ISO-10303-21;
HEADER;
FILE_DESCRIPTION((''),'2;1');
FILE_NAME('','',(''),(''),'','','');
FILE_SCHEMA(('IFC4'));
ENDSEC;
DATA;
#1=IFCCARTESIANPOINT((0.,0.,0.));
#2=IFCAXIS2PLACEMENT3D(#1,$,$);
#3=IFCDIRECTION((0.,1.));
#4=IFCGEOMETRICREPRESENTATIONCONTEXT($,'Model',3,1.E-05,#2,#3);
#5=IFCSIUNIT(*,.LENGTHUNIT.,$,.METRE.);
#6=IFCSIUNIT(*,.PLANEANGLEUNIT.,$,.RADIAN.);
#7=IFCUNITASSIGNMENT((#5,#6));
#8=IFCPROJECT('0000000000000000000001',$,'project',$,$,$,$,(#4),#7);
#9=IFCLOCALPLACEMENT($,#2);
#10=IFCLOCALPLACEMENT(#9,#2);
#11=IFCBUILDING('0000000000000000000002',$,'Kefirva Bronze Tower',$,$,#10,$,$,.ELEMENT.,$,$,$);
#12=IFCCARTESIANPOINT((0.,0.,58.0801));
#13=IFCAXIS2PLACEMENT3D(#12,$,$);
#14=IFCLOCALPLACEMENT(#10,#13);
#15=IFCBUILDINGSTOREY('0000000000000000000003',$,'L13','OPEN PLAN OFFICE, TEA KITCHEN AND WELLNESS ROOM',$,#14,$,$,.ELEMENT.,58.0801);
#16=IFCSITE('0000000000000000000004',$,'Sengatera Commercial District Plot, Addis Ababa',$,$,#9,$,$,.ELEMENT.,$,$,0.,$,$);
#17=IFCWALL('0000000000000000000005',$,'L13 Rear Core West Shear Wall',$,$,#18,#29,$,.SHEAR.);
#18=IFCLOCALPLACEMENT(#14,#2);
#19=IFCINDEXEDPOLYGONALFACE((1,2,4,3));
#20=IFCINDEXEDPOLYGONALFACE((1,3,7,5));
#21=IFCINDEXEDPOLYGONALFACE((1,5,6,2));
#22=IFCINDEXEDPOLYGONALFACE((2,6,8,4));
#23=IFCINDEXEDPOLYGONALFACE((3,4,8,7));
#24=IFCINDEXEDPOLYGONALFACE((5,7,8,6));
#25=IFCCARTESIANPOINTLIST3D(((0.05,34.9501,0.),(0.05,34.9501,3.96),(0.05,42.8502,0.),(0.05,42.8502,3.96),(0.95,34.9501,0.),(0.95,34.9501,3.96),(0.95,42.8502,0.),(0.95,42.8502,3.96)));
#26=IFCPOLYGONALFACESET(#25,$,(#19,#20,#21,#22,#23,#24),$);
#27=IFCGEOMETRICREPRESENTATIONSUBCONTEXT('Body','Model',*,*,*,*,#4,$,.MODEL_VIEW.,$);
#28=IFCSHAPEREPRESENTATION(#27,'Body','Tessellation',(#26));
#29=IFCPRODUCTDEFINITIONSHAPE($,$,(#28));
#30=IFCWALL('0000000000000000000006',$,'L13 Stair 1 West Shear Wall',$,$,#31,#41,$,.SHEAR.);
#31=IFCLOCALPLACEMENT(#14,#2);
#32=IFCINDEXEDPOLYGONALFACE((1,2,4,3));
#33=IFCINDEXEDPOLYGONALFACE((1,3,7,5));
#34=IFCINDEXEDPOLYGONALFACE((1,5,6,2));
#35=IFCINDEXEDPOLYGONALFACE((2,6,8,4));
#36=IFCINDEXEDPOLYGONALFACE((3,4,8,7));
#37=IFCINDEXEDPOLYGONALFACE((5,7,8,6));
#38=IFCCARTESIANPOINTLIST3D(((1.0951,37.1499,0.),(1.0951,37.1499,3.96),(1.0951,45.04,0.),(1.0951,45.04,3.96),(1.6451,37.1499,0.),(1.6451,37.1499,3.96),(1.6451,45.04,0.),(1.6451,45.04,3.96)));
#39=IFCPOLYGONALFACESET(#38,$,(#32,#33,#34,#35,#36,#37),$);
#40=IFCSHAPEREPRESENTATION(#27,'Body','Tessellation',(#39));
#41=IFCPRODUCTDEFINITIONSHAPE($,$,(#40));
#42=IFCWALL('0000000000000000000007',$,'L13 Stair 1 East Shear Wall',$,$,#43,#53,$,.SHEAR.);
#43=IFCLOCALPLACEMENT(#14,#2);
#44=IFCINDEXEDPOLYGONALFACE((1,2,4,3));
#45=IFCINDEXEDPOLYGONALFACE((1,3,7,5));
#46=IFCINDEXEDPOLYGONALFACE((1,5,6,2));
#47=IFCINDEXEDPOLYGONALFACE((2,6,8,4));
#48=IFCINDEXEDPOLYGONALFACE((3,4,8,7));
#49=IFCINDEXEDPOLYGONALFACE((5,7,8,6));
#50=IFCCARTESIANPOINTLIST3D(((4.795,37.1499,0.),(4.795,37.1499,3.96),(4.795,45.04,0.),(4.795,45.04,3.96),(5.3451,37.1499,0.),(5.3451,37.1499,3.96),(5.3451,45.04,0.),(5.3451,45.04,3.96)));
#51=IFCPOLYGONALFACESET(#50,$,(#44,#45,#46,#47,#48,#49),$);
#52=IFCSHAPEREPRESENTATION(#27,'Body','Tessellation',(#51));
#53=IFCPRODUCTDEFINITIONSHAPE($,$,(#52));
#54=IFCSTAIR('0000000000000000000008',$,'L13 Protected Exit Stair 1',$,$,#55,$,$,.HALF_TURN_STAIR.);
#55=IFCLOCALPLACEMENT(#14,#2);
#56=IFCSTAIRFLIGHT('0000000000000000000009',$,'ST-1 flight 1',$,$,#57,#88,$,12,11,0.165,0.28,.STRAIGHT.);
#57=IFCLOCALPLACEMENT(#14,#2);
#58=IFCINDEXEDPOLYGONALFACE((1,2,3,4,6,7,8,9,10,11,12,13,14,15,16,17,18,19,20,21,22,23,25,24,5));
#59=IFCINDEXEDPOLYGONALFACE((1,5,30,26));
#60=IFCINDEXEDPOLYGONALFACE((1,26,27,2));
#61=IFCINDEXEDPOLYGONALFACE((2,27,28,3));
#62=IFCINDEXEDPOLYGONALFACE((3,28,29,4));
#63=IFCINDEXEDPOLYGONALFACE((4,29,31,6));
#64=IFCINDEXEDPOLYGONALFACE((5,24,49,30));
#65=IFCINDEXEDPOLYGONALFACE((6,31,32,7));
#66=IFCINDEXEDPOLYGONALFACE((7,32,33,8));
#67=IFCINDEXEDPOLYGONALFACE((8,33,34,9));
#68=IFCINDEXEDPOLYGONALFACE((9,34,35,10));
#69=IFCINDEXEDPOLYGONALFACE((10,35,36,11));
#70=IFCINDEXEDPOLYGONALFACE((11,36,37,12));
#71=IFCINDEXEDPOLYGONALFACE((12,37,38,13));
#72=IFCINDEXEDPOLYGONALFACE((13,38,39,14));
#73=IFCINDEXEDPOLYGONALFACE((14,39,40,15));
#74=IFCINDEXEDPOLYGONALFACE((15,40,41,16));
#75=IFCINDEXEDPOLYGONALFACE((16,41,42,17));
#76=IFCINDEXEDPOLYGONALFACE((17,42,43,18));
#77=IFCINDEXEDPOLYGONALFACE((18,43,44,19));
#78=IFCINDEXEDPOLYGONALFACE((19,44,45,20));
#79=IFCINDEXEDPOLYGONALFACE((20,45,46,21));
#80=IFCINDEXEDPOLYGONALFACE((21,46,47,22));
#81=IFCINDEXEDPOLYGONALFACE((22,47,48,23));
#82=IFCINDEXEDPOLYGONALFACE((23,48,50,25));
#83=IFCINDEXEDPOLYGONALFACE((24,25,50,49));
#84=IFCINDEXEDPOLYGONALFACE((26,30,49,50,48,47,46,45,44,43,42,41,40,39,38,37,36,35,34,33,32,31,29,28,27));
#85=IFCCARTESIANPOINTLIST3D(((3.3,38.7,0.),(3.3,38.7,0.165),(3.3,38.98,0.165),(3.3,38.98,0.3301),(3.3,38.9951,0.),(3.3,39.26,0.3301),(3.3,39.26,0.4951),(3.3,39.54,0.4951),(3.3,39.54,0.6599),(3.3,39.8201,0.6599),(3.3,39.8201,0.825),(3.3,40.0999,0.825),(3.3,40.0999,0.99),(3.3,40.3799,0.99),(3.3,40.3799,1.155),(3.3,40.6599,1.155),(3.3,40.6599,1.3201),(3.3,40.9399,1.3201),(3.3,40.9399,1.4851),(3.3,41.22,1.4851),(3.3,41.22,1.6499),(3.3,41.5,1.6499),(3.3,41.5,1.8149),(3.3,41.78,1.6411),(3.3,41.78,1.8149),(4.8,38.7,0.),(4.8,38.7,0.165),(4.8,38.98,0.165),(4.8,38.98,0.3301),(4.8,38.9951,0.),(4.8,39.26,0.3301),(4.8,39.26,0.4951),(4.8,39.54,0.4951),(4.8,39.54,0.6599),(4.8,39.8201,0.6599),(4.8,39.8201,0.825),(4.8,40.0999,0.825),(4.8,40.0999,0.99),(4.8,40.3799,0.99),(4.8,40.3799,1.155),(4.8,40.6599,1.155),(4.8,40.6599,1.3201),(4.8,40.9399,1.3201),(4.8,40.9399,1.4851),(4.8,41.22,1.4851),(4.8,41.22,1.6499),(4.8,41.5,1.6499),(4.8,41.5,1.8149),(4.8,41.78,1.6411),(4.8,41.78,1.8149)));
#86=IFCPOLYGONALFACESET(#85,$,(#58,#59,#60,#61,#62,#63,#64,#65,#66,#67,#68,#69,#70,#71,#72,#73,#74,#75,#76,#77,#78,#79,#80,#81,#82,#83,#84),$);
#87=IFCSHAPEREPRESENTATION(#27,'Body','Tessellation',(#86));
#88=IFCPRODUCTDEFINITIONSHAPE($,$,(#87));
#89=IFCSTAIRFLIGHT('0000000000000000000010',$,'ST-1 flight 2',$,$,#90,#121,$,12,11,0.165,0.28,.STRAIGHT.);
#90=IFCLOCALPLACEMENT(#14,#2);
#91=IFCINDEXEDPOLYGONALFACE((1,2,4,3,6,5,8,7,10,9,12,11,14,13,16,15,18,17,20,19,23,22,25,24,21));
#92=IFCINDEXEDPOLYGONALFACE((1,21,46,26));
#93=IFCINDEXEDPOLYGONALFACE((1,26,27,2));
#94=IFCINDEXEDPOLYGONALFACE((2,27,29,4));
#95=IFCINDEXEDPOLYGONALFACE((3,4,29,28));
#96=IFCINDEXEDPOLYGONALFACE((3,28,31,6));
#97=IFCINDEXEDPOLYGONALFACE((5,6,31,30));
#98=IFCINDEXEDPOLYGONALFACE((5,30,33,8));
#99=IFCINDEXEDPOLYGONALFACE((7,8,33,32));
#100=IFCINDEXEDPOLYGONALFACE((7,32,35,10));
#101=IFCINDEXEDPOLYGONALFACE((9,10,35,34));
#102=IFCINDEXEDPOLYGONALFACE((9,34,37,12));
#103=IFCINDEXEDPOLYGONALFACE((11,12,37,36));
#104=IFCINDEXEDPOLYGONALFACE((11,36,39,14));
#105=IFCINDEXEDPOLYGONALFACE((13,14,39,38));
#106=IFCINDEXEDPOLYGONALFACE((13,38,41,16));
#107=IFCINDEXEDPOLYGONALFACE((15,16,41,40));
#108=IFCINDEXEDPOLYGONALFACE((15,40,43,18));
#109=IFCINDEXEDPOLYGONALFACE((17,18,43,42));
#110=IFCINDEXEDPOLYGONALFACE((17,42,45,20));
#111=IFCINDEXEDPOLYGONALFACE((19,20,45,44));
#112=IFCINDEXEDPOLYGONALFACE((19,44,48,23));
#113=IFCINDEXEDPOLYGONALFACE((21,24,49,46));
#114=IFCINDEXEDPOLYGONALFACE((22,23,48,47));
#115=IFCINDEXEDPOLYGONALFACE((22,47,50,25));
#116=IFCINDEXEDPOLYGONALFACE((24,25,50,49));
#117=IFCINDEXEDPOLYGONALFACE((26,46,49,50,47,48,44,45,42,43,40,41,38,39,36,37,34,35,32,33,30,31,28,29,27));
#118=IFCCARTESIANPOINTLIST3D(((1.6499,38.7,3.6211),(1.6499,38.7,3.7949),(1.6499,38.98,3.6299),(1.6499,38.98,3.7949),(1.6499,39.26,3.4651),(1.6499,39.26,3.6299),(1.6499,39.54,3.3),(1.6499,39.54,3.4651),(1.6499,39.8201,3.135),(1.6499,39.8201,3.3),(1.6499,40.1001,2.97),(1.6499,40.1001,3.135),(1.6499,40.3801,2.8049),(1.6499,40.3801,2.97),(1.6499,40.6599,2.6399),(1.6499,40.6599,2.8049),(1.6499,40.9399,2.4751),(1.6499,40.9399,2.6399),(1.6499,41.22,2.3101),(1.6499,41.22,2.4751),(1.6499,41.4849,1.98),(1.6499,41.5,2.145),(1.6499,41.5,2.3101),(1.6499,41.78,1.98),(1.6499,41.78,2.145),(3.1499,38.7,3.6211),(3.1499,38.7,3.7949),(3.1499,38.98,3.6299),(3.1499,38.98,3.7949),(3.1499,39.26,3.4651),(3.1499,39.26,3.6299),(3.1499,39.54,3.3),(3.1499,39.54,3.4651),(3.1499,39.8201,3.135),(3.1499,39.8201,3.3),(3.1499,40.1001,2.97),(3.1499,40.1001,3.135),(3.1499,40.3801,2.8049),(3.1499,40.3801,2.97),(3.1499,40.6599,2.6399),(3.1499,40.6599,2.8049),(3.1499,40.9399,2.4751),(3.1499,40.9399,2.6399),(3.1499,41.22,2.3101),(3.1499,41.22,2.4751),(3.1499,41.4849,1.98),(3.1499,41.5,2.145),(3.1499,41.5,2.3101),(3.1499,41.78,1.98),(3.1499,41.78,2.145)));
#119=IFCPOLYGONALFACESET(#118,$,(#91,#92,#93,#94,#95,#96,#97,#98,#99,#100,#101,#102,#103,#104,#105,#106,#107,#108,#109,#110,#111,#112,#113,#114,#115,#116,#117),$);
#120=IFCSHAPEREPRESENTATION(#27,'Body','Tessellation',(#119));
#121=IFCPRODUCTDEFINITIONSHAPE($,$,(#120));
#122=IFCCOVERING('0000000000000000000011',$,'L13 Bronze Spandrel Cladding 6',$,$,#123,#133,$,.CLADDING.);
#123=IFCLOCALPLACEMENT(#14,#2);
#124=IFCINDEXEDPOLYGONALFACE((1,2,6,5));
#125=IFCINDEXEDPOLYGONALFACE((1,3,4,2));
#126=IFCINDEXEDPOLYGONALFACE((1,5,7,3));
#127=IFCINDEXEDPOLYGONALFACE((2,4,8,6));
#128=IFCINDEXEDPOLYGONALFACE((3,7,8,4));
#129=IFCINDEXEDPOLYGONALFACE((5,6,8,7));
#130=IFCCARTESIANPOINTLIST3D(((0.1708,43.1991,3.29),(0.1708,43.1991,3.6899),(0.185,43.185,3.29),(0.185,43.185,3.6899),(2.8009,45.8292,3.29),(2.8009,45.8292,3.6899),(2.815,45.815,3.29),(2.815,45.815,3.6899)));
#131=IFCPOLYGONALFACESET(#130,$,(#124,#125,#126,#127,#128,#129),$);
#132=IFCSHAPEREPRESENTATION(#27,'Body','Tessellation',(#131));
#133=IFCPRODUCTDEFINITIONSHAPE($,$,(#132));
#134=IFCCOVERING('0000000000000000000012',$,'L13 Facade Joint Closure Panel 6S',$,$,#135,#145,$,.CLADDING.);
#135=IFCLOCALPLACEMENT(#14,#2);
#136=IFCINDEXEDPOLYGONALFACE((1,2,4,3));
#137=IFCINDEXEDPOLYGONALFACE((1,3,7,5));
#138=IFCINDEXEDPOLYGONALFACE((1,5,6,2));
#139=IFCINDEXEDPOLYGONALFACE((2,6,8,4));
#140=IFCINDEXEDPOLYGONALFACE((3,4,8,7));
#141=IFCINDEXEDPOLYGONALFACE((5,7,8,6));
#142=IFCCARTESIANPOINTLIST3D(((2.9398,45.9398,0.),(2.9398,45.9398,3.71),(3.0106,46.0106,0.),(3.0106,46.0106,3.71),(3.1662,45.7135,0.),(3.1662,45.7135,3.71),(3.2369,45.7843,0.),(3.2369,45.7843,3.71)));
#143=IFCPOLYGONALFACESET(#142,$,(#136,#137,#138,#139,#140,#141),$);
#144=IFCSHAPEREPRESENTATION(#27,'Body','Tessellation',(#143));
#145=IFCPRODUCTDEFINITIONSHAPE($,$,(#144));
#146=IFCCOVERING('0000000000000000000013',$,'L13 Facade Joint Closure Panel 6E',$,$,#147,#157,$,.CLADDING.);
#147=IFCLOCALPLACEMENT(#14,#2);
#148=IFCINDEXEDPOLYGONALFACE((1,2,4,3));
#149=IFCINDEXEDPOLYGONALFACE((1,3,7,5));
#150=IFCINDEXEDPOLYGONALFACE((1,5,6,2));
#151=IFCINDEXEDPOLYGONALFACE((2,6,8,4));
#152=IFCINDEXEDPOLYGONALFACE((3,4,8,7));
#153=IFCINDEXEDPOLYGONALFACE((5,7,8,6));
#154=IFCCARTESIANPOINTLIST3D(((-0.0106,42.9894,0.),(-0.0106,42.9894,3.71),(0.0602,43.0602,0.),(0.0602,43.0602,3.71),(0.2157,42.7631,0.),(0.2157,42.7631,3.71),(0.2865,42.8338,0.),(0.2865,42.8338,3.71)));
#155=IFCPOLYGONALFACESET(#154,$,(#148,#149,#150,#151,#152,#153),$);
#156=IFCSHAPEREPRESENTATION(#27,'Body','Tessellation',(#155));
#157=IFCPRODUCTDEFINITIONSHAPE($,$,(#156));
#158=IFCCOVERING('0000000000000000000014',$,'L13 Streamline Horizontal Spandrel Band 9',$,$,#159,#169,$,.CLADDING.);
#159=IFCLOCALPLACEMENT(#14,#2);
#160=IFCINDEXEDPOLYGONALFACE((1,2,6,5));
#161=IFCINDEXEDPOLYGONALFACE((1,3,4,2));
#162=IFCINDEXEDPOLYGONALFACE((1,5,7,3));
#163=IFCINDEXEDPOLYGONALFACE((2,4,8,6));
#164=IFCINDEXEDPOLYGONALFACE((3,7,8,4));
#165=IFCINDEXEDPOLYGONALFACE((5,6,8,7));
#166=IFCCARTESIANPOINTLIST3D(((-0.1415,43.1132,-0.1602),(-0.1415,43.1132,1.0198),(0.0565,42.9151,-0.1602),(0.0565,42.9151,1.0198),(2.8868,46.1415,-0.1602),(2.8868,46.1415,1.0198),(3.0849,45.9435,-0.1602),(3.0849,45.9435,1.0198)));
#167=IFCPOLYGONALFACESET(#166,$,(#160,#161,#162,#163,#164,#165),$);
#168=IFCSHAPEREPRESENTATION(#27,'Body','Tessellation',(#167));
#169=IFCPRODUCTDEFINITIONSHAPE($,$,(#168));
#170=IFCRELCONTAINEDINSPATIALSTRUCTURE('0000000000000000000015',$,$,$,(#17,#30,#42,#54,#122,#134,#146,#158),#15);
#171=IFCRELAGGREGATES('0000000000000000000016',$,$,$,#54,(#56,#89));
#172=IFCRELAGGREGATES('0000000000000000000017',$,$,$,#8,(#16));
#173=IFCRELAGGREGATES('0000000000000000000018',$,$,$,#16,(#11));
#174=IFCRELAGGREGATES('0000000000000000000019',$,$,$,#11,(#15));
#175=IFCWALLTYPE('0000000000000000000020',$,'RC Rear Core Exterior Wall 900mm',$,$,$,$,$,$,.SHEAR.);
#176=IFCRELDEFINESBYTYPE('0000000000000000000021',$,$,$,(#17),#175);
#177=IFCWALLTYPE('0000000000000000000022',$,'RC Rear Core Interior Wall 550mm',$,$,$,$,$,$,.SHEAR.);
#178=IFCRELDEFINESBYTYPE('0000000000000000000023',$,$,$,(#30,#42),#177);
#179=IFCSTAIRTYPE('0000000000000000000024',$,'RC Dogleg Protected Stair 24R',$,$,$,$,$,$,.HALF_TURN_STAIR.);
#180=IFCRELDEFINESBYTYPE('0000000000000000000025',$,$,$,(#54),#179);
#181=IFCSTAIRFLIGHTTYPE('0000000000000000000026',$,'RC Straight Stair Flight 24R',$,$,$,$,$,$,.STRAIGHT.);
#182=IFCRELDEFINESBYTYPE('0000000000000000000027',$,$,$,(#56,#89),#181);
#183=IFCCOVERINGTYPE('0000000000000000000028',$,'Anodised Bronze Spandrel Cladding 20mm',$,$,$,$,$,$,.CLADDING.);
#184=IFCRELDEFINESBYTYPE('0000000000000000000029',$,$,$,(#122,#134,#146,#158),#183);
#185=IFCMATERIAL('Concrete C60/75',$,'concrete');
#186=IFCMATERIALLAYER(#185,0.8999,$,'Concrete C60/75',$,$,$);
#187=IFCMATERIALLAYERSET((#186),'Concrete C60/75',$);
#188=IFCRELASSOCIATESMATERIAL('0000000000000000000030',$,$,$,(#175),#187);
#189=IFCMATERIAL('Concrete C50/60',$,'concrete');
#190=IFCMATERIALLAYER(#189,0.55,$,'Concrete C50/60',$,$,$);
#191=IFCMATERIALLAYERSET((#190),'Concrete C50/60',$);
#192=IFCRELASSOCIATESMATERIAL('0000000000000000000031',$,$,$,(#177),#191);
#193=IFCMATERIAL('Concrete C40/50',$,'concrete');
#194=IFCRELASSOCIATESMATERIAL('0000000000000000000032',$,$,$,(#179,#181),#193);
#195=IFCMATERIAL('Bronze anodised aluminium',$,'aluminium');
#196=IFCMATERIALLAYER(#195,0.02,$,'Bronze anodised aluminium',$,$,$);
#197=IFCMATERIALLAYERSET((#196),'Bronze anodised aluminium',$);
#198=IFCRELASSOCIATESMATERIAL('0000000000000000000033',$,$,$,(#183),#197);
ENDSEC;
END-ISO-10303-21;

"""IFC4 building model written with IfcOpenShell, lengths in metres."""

from ifc_helpers import new_model, si_unit, direction, frame, frame_2d, origin, origin_2d, place, context, subcontext, project, spatial, polyline, rectangle, outline, extrude, material, layer, layer_set, type_object, element, aggregate, save


model = new_model("IFC4")

# Units and contexts
model_context = context("Model", 3, precision=1e-05, world=origin(), true_north=direction((0.0, 1.0)))
body_context = subcontext(model_context, "Body", "Model", "MODEL_VIEW")
ifc_project = project(units=[si_unit("LENGTHUNIT", "METRE"), si_unit("PLANEANGLEUNIT", "RADIAN")], contexts=[model_context])

# Site, building, storey
site_placement = place(None, origin())
site = spatial("IfcSite", under=ifc_project, at=site_placement, Name="Sengatera Commercial District Plot, Addis Ababa", CompositionType="ELEMENT", RefElevation=0.0)
building_placement = place(site_placement, origin())
building = spatial("IfcBuilding", under=site, at=building_placement, Name="Kefirva Bronze Tower", CompositionType="ELEMENT")
storey_placement = place(building_placement, frame((0.0, 0.0, 58.0801)))
storey = spatial("IfcBuildingStorey", under=building, at=storey_placement, Name="L13", Description="OPEN PLAN OFFICE, TEA KITCHEN AND WELLNESS ROOM", CompositionType="ELEMENT", Elevation=58.0801)

# Shared definitions
ifc_material_1 = material(Name="Bronze anodised aluminium", Category="aluminium")

# Shared definitions
ifc_material_2 = material(Name="Concrete C50/60", Category="concrete")

# Walls
ifc_material_3 = material(Name="Concrete C60/75", Category="concrete")
ifc_layer_1 = layer(ifc_material_3, 0.8999, Name="Concrete C60/75")
ifc_layer_set_1 = layer_set([ifc_layer_1], Name="Concrete C60/75")
wall_type_1 = type_object("IfcWallType", Name="RC Rear Core Exterior Wall 900mm", PredefinedType="SHEAR", material=ifc_layer_set_1)
wall_1_placement = place(storey_placement, frame((0.5, 34.95, 0.0), z_axis=(0.0, 0.0, 1.0), x_axis=(0.0, 1.0, 0.0)))
element("IfcWall", 1, at=wall_1_placement, inside=storey, type_object=wall_type_1, Name="L13 Rear Core West Shear Wall", PredefinedType="SHEAR", context=body_context, shape_type="SweptSolid", body=[
    extrude(rectangle(XDim=7.9001, YDim=0.8999, at=frame_2d((3.9502, 0.0))), origin(), (0.0, 0.0, 1.0), 3.96),
])
ifc_layer_2 = layer(ifc_material_2, 0.55, Name="Concrete C50/60")
ifc_layer_set_2 = layer_set([ifc_layer_2], Name="Concrete C50/60")
wall_type_2 = type_object("IfcWallType", Name="RC Rear Core Interior Wall 550mm", PredefinedType="SHEAR", material=ifc_layer_set_2)
for number, where, z_axis, x_axis, name in (
    (2, (1.3701, 37.1499, 0.0), (0.0, 0.0, 1.0), (0.0, 1.0, 0.0), "L13 Stair 1 West Shear Wall"),
    (3, (5.0701, 37.1499, 0.0), (0.0, 0.0, 1.0), (0.0, 1.0, 0.0), "L13 Stair 1 East Shear Wall"),
):
    element("IfcWall", number, at=place(storey_placement, frame(where, z_axis=z_axis, x_axis=x_axis)), inside=storey, type_object=wall_type_2, Name=name, PredefinedType="SHEAR", context=body_context, shape_type="SweptSolid", body=[
        extrude(rectangle(XDim=7.8901, YDim=0.55, at=frame_2d((3.9451, 0.0))), origin(), (0.0, 0.0, 1.0), 3.96),
    ])

# Stair, stair flights
ifc_material_4 = material(Name="Concrete C40/50", Category="concrete")
stair_type = type_object("IfcStairType", Name="RC Dogleg Protected Stair 24R", PredefinedType="HALF_TURN_STAIR", material=ifc_material_4)
stair_placement = place(storey_placement, origin())
stair = element("IfcStair", 4, at=stair_placement, inside=storey, type_object=stair_type, Name="L13 Protected Exit Stair 1", PredefinedType="HALF_TURN_STAIR")
stair_flight_type = type_object("IfcStairFlightType", Name="RC Straight Stair Flight 24R", PredefinedType="STRAIGHT", material=ifc_material_4)
stair_flight_1_placement = place(storey_placement, frame((4.05, 38.7, 0.0), z_axis=(0.0, 0.0, 1.0), x_axis=(0.0, 1.0, 0.0)))
stair_flight_1 = element("IfcStairFlight", 5, at=stair_flight_1_placement, type_object=stair_flight_type, Name="ST-1 flight 1", NumberOfRisers=12, NumberOfTreads=11, PredefinedType="STRAIGHT", RiserHeight=0.165, TreadLength=0.28, context=body_context, shape_type="SweptSolid", body=[
    extrude(outline(polyline([(0.0, 0.0), (0.0, 0.165), (0.28, 0.165), (0.28, 0.3301), (0.5601, 0.3301), (0.5601, 0.4951), (0.8401, 0.4951), (0.8401, 0.6599), (1.1201, 0.6599), (1.1201, 0.825), (1.3999, 0.825), (1.3999, 0.99), (1.6799, 0.99), (1.6799, 1.155), (1.96, 1.155), (1.96, 1.3201), (2.24, 1.3201), (2.24, 1.4851), (2.52, 1.4851), (2.52, 1.6499), (2.8, 1.6499), (2.8, 1.8149), (3.0801, 1.8149), (3.0801, 1.98), (3.0801, 1.6411), (0.2952, 0.0), (0.0, 0.0)])), frame((0.0, 0.75, 0.0), z_axis=(0.0, -1.0, 0.0), x_axis=(1.0, 0.0, 0.0)), (0.0, 0.0, 1.0), 1.5),
])
stair_flight_2_placement = place(storey_placement, frame((2.3999, 41.78, 1.98), z_axis=(0.0, 0.0, 1.0), x_axis=(0.0, -1.0, 0.0)))
stair_flight_2 = element("IfcStairFlight", 6, at=stair_flight_2_placement, type_object=stair_flight_type, Name="ST-1 flight 2", NumberOfRisers=12, NumberOfTreads=11, PredefinedType="STRAIGHT", RiserHeight=0.165, TreadLength=0.28, context=body_context, shape_type="SweptSolid", body=[
    extrude(outline(polyline([(0.0, 0.0), (0.0, 0.165), (0.28, 0.165), (0.28, 0.3301), (0.5601, 0.3301), (0.5601, 0.4951), (0.8401, 0.4951), (0.8401, 0.6599), (1.1201, 0.6599), (1.1201, 0.825), (1.3999, 0.825), (1.3999, 0.99), (1.6799, 0.99), (1.6799, 1.155), (1.96, 1.155), (1.96, 1.3201), (2.24, 1.3201), (2.24, 1.4851), (2.52, 1.4851), (2.52, 1.6499), (2.8, 1.6499), (2.8, 1.8149), (3.0801, 1.8149), (3.0801, 1.98), (3.0801, 1.6411), (0.2952, 0.0), (0.0, 0.0)])), frame((0.0, 0.75, 0.0), z_axis=(0.0, -1.0, 0.0), x_axis=(1.0, 0.0, 0.0)), (0.0, 0.0, 1.0), 1.5),
])
aggregate(stair, [stair_flight_1, stair_flight_2])

# Coverings
ifc_layer_3 = layer(ifc_material_1, 0.02, Name="Bronze anodised aluminium")
ifc_layer_set_3 = layer_set([ifc_layer_3], Name="Bronze anodised aluminium")
covering_type_1 = type_object("IfcCoveringType", Name="Anodised Bronze Spandrel Cladding 20mm", PredefinedType="CLADDING", material=ifc_layer_set_3)
covering_1_placement = place(storey_placement, frame((1.4929, 44.5071, 3.29), z_axis=(0.0, 0.0, 1.0), x_axis=(-0.707107, -0.707107, 0.0)))
element("IfcCovering", 7, at=covering_1_placement, inside=storey, type_object=covering_type_1, Name="L13 Bronze Spandrel Cladding 6", PredefinedType="CLADDING", context=body_context, shape_type="SweptSolid", body=[
    extrude(rectangle(XDim=3.7195, YDim=0.02, at=origin_2d()), origin(), (0.0, 0.0, 1.0), 0.3999),
])
for number, where, z_axis, x_axis, name in (
    (8, (3.0884, 45.8621, 0.0), (0.0, 0.0, 1.0), (-0.707107, -0.707107, 0.0), "L13 Facade Joint Closure Panel 6S"),
    (9, (0.1379, 42.9116, 0.0), (0.0, 0.0, 1.0), (-0.707107, -0.707107, 0.0), "L13 Facade Joint Closure Panel 6E"),
):
    element("IfcCovering", number, at=place(storey_placement, frame(where, z_axis=z_axis, x_axis=x_axis)), inside=storey, type_object=covering_type_1, Name=name, PredefinedType="CLADDING", context=body_context, shape_type="SweptSolid", body=[
        extrude(rectangle(XDim=0.1001, YDim=0.3201, at=origin_2d()), origin(), (0.0, 0.0, 1.0), 3.71),
    ])
covering_2_placement = place(storey_placement, frame((1.4717, 44.5283, -0.1602), z_axis=(0.0, 0.0, 1.0), x_axis=(-0.707107, -0.707107, 0.0)))
element("IfcCovering", 10, at=covering_2_placement, inside=storey, type_object=covering_type_1, Name="L13 Streamline Horizontal Spandrel Band 9", PredefinedType="CLADDING", context=body_context, shape_type="SweptSolid", body=[
    extrude(rectangle(XDim=4.2827, YDim=0.28, at=origin_2d()), origin(), (0.0, 0.0, 1.0), 1.1799),
])

save(model, "model.ifc")
